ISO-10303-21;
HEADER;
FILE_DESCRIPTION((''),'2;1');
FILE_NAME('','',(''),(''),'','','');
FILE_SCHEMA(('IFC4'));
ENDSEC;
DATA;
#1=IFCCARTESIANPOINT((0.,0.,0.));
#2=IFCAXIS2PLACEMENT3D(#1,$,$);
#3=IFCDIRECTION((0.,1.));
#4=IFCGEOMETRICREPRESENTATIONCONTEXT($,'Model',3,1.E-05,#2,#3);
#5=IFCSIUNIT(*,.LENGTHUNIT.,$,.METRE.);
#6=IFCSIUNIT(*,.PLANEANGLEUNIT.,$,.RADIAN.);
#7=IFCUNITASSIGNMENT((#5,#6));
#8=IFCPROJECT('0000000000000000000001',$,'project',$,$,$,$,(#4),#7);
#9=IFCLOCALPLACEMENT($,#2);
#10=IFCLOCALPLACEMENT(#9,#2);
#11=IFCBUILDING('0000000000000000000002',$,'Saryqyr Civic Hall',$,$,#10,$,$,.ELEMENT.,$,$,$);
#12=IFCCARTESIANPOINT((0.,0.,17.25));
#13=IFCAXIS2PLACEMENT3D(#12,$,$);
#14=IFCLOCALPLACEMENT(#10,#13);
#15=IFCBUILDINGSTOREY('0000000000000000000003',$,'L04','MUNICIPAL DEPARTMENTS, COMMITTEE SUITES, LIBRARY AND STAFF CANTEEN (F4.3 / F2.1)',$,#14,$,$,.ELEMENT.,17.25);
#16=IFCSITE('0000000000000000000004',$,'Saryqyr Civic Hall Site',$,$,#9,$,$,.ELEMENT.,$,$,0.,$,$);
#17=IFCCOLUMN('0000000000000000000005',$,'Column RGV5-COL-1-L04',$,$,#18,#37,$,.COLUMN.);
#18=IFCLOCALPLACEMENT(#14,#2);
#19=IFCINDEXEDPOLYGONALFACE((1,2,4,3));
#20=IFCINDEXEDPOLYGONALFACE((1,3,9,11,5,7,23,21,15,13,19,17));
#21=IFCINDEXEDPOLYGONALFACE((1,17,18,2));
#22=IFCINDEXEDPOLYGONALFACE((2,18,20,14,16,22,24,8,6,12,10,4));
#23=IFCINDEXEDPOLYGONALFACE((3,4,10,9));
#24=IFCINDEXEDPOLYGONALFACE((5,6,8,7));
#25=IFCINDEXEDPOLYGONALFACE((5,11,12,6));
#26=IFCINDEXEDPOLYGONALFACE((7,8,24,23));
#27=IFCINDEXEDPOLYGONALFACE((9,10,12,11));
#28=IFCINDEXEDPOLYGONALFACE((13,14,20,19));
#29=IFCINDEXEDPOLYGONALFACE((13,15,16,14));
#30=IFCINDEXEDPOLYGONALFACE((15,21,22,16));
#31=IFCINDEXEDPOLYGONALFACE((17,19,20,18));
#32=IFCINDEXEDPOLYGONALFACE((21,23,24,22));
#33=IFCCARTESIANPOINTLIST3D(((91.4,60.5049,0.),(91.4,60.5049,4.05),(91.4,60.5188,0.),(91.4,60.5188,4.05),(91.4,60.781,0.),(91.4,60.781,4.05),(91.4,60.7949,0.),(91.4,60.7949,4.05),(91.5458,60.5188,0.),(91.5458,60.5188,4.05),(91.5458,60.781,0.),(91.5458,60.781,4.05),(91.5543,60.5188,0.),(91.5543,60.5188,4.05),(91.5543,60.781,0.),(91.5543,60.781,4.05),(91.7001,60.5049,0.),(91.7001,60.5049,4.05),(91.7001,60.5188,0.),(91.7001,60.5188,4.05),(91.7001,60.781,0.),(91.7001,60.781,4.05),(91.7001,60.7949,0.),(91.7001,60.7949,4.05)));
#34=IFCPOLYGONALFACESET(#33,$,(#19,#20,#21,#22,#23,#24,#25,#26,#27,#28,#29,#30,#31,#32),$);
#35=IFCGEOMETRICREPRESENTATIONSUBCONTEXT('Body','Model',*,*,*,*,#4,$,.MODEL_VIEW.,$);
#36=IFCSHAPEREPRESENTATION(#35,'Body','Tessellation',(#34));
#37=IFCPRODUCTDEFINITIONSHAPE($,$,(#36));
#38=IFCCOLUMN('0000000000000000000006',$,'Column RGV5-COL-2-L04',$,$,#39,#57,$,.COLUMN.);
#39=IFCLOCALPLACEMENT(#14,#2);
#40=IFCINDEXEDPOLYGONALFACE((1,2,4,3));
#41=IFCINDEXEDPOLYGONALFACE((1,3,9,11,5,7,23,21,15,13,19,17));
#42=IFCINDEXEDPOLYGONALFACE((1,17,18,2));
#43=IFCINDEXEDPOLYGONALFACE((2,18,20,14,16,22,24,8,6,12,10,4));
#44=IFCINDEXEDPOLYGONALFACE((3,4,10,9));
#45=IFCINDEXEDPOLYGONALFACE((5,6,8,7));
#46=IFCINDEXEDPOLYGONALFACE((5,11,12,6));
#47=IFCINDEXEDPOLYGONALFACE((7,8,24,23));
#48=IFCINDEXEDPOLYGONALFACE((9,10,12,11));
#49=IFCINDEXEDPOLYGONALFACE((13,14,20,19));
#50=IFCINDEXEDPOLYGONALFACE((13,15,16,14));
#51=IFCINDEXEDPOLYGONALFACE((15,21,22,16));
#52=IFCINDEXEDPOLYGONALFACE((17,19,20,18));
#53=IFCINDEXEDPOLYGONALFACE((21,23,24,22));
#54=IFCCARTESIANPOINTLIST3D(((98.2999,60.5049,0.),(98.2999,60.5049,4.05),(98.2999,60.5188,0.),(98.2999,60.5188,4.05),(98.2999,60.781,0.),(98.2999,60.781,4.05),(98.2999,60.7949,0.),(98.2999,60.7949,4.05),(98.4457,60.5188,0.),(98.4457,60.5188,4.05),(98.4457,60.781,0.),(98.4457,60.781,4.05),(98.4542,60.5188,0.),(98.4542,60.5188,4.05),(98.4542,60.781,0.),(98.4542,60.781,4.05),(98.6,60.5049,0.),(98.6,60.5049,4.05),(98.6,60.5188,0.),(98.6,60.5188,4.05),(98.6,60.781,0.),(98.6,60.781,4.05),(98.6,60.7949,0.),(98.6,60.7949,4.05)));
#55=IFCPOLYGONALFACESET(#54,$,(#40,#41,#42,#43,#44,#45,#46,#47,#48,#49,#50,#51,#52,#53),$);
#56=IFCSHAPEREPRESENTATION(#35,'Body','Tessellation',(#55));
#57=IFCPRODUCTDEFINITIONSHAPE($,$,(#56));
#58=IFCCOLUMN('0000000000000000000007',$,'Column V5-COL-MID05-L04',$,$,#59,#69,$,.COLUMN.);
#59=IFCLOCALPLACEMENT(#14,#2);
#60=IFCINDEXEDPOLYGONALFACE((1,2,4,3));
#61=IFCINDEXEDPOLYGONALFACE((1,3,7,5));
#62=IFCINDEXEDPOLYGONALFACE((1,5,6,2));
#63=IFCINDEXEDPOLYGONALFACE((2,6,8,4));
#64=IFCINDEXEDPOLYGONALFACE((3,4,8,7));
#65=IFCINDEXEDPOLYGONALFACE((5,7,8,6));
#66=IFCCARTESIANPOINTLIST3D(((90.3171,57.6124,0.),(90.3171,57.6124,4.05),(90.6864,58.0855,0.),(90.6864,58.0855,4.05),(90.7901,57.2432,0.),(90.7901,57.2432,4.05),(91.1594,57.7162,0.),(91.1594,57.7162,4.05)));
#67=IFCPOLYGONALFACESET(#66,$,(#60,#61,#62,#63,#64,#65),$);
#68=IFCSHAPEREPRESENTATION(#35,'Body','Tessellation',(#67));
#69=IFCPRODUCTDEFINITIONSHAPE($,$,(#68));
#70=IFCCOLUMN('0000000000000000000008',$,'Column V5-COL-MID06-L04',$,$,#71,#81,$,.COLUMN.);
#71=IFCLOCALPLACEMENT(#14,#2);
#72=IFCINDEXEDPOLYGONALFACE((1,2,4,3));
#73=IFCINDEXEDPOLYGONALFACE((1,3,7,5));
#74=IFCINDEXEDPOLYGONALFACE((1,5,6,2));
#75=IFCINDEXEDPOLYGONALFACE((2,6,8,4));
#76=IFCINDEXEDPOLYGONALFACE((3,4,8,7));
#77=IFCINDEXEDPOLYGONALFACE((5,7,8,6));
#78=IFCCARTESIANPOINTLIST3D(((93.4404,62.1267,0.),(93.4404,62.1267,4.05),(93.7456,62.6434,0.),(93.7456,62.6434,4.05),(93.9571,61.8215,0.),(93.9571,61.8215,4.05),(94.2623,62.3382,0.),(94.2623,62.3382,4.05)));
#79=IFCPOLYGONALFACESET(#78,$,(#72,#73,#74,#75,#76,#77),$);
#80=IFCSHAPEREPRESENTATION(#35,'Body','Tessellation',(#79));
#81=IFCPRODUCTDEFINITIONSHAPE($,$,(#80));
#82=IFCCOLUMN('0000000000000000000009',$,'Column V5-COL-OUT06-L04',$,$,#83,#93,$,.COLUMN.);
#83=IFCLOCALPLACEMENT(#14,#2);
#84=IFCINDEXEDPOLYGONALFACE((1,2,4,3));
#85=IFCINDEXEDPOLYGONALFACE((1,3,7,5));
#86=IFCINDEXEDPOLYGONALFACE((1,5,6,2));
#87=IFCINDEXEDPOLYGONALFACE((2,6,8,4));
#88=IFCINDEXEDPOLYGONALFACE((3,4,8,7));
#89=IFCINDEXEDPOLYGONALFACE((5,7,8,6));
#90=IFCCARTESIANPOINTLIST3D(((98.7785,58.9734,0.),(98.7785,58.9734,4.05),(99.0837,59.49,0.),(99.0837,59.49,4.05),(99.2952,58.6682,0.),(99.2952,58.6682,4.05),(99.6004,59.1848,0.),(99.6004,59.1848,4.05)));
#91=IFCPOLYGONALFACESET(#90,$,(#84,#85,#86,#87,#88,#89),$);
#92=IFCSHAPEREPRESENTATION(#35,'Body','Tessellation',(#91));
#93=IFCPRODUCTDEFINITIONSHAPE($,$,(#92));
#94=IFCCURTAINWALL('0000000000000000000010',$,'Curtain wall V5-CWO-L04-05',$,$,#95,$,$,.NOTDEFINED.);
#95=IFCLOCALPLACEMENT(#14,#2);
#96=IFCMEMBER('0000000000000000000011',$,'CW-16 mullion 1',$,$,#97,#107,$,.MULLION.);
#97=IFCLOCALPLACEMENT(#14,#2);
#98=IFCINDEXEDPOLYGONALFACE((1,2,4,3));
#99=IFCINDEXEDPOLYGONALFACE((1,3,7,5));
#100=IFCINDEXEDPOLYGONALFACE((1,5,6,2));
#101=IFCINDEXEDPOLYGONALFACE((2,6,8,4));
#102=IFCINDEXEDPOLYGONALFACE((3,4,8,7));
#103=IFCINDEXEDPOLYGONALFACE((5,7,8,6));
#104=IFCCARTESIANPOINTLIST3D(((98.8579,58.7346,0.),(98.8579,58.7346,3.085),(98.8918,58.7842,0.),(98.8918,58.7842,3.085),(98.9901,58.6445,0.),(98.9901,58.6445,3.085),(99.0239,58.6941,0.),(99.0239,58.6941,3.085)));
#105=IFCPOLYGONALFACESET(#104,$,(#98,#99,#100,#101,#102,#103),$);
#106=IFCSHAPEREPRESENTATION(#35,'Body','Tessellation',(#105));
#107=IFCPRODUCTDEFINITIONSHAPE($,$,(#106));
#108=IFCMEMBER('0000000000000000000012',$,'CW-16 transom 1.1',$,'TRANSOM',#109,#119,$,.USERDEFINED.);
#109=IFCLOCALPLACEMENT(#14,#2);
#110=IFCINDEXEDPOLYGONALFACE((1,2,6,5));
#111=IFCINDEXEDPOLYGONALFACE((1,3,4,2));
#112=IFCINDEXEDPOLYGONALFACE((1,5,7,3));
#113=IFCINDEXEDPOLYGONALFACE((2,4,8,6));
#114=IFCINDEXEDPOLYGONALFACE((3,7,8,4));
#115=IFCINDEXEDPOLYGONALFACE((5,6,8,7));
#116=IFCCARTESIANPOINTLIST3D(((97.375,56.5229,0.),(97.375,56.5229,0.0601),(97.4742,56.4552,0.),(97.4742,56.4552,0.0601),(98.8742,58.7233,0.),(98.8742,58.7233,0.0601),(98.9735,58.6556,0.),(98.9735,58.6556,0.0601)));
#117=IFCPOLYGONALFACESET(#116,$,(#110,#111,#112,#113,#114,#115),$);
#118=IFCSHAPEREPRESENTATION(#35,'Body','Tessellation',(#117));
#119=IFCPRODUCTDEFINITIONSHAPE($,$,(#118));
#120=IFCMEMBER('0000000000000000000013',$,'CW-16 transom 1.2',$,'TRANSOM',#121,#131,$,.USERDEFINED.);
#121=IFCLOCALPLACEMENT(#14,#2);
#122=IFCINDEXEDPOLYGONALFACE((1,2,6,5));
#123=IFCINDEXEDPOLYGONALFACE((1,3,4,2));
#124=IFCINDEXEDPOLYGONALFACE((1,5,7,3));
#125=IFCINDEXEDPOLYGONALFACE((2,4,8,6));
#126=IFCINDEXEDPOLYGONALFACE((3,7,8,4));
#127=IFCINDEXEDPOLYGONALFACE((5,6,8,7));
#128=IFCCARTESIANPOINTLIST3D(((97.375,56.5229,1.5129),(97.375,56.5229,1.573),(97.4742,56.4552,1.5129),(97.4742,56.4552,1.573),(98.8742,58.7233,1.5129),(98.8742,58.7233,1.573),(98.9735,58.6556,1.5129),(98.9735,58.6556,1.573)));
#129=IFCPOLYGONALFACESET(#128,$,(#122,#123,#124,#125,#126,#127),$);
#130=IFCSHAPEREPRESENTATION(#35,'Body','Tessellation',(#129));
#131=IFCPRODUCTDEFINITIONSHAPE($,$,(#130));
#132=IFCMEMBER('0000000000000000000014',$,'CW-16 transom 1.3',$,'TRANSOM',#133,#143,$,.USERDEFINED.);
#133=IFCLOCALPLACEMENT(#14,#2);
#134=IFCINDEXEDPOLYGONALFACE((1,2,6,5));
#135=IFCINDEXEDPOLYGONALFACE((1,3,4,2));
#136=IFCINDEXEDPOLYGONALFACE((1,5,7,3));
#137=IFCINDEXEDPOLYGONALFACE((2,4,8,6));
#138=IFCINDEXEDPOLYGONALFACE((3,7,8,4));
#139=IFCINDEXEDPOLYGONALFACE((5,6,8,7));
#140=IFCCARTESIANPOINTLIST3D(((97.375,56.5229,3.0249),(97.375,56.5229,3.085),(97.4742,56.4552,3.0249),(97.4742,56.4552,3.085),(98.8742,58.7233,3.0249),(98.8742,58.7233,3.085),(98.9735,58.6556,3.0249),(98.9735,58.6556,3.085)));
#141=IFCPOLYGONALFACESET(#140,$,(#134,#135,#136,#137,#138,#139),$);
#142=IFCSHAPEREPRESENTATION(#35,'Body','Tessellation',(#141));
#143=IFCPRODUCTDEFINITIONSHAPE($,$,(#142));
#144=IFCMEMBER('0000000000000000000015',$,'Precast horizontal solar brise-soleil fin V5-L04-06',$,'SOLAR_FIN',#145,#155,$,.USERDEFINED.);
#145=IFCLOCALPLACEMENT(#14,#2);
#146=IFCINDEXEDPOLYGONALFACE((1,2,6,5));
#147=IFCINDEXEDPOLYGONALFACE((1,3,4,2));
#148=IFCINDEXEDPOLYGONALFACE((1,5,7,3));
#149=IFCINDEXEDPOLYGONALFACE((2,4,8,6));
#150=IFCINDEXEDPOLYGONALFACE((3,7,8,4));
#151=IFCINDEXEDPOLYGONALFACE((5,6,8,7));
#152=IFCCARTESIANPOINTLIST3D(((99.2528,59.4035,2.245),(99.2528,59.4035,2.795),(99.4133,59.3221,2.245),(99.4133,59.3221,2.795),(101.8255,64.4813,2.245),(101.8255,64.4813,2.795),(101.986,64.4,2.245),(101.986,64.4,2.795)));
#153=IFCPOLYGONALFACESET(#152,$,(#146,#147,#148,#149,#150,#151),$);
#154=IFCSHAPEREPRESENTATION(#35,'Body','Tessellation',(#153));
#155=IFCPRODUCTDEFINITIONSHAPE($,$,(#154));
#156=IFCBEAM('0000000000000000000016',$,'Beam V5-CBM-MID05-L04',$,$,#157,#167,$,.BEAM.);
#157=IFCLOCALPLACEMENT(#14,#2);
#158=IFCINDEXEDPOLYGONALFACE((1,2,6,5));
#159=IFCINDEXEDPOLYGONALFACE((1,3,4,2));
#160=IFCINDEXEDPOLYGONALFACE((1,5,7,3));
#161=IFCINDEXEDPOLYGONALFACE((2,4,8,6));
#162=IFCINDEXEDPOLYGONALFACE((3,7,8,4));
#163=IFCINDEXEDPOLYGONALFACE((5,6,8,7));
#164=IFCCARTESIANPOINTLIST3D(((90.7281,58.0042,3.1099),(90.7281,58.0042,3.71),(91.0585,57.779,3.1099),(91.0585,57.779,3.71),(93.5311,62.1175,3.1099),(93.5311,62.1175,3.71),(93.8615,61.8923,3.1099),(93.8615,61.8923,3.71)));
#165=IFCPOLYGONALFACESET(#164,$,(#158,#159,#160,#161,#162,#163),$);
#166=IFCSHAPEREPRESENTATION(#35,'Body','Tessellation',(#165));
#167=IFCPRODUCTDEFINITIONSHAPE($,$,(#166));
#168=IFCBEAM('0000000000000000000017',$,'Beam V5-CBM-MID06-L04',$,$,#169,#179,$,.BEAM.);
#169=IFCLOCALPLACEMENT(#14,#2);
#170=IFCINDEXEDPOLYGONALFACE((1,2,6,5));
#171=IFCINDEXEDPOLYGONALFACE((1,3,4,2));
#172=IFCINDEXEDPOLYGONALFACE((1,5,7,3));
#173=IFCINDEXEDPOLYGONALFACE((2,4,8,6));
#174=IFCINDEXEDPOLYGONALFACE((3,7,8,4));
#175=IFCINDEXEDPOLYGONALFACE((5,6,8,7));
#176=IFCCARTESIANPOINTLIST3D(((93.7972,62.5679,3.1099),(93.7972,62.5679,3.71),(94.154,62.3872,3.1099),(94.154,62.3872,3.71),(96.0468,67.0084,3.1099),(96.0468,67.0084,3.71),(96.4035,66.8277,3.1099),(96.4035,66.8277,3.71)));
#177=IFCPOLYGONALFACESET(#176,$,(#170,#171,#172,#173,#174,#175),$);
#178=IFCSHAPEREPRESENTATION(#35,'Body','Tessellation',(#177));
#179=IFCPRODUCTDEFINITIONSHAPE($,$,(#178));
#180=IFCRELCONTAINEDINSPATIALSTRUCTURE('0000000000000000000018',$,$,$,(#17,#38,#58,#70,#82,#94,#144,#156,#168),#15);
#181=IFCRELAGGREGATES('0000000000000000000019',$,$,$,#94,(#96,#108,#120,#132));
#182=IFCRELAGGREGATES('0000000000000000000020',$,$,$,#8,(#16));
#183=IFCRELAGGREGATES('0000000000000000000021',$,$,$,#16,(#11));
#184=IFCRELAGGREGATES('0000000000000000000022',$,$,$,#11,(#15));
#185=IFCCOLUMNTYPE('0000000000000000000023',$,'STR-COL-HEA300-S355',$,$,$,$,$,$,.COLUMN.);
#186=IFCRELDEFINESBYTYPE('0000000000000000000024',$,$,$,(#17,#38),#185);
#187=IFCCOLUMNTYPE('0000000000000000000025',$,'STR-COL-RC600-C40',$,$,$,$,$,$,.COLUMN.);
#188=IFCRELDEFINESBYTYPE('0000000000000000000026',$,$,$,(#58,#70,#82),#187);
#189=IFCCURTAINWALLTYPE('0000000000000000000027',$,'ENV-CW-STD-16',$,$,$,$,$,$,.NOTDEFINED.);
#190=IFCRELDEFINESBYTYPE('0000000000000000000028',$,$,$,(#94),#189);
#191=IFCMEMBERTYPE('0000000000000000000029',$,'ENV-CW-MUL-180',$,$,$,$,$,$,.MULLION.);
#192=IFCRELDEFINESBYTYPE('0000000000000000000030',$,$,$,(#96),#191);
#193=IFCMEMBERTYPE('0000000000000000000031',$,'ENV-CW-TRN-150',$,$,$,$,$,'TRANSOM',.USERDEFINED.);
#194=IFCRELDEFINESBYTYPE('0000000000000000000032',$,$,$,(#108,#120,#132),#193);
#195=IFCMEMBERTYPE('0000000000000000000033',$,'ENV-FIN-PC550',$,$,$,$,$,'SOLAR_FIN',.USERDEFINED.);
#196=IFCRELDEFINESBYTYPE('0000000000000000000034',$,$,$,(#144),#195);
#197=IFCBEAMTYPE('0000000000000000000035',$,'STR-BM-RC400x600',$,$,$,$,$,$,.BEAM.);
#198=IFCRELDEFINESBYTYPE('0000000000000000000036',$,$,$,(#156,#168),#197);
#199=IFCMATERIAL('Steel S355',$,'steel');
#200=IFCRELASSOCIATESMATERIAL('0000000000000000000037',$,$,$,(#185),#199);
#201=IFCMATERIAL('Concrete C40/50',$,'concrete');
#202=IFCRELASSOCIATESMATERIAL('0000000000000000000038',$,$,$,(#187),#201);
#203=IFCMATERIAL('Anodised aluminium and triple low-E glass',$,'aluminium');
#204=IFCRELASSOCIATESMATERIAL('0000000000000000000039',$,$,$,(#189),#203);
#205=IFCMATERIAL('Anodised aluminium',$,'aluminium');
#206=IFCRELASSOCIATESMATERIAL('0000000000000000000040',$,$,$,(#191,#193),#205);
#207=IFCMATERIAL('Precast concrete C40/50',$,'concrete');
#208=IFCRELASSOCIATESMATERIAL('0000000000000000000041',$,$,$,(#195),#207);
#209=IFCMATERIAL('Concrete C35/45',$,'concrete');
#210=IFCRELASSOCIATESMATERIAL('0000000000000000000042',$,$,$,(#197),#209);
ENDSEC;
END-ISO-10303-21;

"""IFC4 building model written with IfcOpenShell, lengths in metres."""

from ifc_helpers import new_model, si_unit, direction, frame, origin, origin_2d, place, context, subcontext, project, spatial, rectangle, i_section, extrude, material, material_profile, profile_set, type_object, element, aggregate, save


model = new_model("IFC4")

# Units and contexts
model_context = context("Model", 3, precision=1e-05, world=origin(), true_north=direction((0.0, 1.0)))
body_context = subcontext(model_context, "Body", "Model", "MODEL_VIEW")
ifc_project = project(units=[si_unit("LENGTHUNIT", "METRE"), si_unit("PLANEANGLEUNIT", "RADIAN")], contexts=[model_context])

# Site, building, storey
site_placement = place(None, origin())
site = spatial("IfcSite", under=ifc_project, at=site_placement, Name="Saryqyr Civic Hall Site", CompositionType="ELEMENT", RefElevation=0.0)
building_placement = place(site_placement, origin())
building = spatial("IfcBuilding", under=site, at=building_placement, Name="Saryqyr Civic Hall", CompositionType="ELEMENT")
storey_placement = place(building_placement, frame((0.0, 0.0, 17.25)))
storey = spatial("IfcBuildingStorey", under=building, at=storey_placement, Name="L04", Description="MUNICIPAL DEPARTMENTS, COMMITTEE SUITES, LIBRARY AND STAFF CANTEEN (F4.3 / F2.1)", CompositionType="ELEMENT", Elevation=17.25)

# Columns
ifc_material_1 = material(Name="Steel S355", Category="steel")
ifc_material_profile_1 = material_profile(ifc_material_1, i_section(OverallWidth=0.3, OverallDepth=0.29, WebThickness=0.0085, FlangeThickness=0.0139, at=origin_2d()), Name="HEA 300")
ifc_profile_set_1 = profile_set([ifc_material_profile_1], Name="Steel S355")
column_type_1 = type_object("IfcColumnType", Name="STR-COL-HEA300-S355", PredefinedType="COLUMN", material=ifc_profile_set_1)
for number, where, z_axis, x_axis, name in (
    (1, (91.55, 60.6499, 0.0), (0.0, 0.0, 1.0), (1.0, 0.0, 0.0), "Column RGV5-COL-1-L04"),
    (2, (98.45, 60.6499, 0.0), (0.0, 0.0, 1.0), (1.0, 0.0, 0.0), "Column RGV5-COL-2-L04"),
):
    element("IfcColumn", number, at=place(storey_placement, frame(where, z_axis=z_axis, x_axis=x_axis)), inside=storey, type_object=column_type_1, Name=name, PredefinedType="COLUMN", context=body_context, shape_type="SweptSolid", body=[
        extrude(i_section(OverallWidth=0.3, OverallDepth=0.29, WebThickness=0.0085, FlangeThickness=0.0139, at=origin_2d()), origin(), (0.0, 0.0, 1.0), 4.05),
    ])
ifc_material_2 = material(Name="Concrete C40/50", Category="concrete")
ifc_material_profile_2 = material_profile(ifc_material_2, rectangle(XDim=0.6001, YDim=0.6001, at=origin_2d()), Name="RC 600x600")
ifc_profile_set_2 = profile_set([ifc_material_profile_2], Name="Concrete C40/50")
column_type_2 = type_object("IfcColumnType", Name="STR-COL-RC600-C40", PredefinedType="COLUMN", material=ifc_profile_set_2)
for number, where, z_axis, x_axis, name in (
    (3, (90.7383, 57.6643, 0.0), (0.0, 0.0, 1.0), (0.788226, -0.615386, 0.0), "Column V5-COL-MID05-L04"),
    (4, (93.8513, 62.2324, 0.0), (0.0, 0.0, 1.0), (0.861008, -0.508591, 0.0), "Column V5-COL-MID06-L04"),
    (5, (99.1895, 59.0791, 0.0), (0.0, 0.0, 1.0), (0.861008, -0.508591, 0.0), "Column V5-COL-OUT06-L04"),
):
    element("IfcColumn", number, at=place(storey_placement, frame(where, z_axis=z_axis, x_axis=x_axis)), inside=storey, type_object=column_type_2, Name=name, PredefinedType="COLUMN", context=body_context, shape_type="SweptSolid", body=[
        extrude(rectangle(XDim=0.6001, YDim=0.6001, at=origin_2d()), origin(), (0.0, 0.0, 1.0), 4.05),
    ])

# Curtain wall, members
ifc_material_3 = material(Name="Anodised aluminium and triple low-E glass", Category="aluminium")
curtain_wall_type = type_object("IfcCurtainWallType", Name="ENV-CW-STD-16", PredefinedType="NOTDEFINED", material=ifc_material_3)
curtain_wall_placement = place(storey_placement, origin())
curtain_wall = element("IfcCurtainWall", 6, at=curtain_wall_placement, inside=storey, type_object=curtain_wall_type, Name="Curtain wall V5-CWO-L04-05", PredefinedType="NOTDEFINED")
ifc_material_4 = material(Name="Anodised aluminium", Category="aluminium")
ifc_material_profile_3 = material_profile(ifc_material_4, rectangle(XDim=0.0601, YDim=0.1599, at=origin_2d()), Name="ALU MULLION 60x160")
ifc_profile_set_3 = profile_set([ifc_material_profile_3], Name="Anodised aluminium")
member_type_1 = type_object("IfcMemberType", Name="ENV-CW-MUL-180", PredefinedType="MULLION", material=ifc_profile_set_3)
member_1_placement = place(storey_placement, frame((98.9409, 58.7144, 0.0), z_axis=(0.0, 0.0, 1.0), x_axis=(-0.563118, -0.826377, 0.0)))
member_1 = element("IfcMember", 7, at=member_1_placement, type_object=member_type_1, Name="CW-16 mullion 1", PredefinedType="MULLION", context=body_context, shape_type="SweptSolid", body=[
    extrude(rectangle(XDim=0.0601, YDim=0.1599, at=origin_2d()), origin(), (0.0, 0.0, 1.0), 3.085),
])
ifc_material_profile_4 = material_profile(ifc_material_4, rectangle(XDim=0.1201, YDim=0.0601, at=origin_2d()), Name="ALU TRANSOM 120x60")
ifc_profile_set_4 = profile_set([ifc_material_profile_4], Name="Anodised aluminium")
member_type_2 = type_object("IfcMemberType", Name="ENV-CW-TRN-150", ElementType="TRANSOM", PredefinedType="USERDEFINED", material=ifc_profile_set_4)
member_2_placement = place(storey_placement, frame((98.9238, 58.6895, 0.03), z_axis=(-0.563072, -0.826408, 0.0), x_axis=(0.826408, -0.563072, 0.0)))
member_2 = element("IfcMember", 8, at=member_2_placement, type_object=member_type_2, Name="CW-16 transom 1.1", ObjectType="TRANSOM", PredefinedType="USERDEFINED", context=body_context, shape_type="SweptSolid", body=[
    extrude(rectangle(XDim=0.1201, YDim=0.0601, at=origin_2d()), origin(), (0.0, 0.0, 1.0), 2.6626),
])
member_3_placement = place(storey_placement, frame((98.9238, 58.6895, 1.543), z_axis=(-0.563072, -0.826408, 0.0), x_axis=(0.826408, -0.563072, 0.0)))
member_3 = element("IfcMember", 9, at=member_3_placement, type_object=member_type_2, Name="CW-16 transom 1.2", ObjectType="TRANSOM", PredefinedType="USERDEFINED", context=body_context, shape_type="SweptSolid", body=[
    extrude(rectangle(XDim=0.1201, YDim=0.0601, at=origin_2d()), origin(), (0.0, 0.0, 1.0), 2.6626),
])
member_4_placement = place(storey_placement, frame((98.9238, 58.6895, 3.0549), z_axis=(-0.563072, -0.826408, 0.0), x_axis=(0.826408, -0.563072, 0.0)))
member_4 = element("IfcMember", 10, at=member_4_placement, type_object=member_type_2, Name="CW-16 transom 1.3", ObjectType="TRANSOM", PredefinedType="USERDEFINED", context=body_context, shape_type="SweptSolid", body=[
    extrude(rectangle(XDim=0.1201, YDim=0.0601, at=origin_2d()), origin(), (0.0, 0.0, 1.0), 2.6626),
])

# Member
ifc_material_5 = material(Name="Precast concrete C40/50", Category="concrete")
ifc_material_profile_5 = material_profile(ifc_material_5, rectangle(XDim=0.1799, YDim=0.55, at=origin_2d()), Name="PC FIN 180x550")
ifc_profile_set_5 = profile_set([ifc_material_profile_5], Name="Precast concrete C40/50")
member_type_3 = type_object("IfcMemberType", Name="ENV-FIN-PC550", ElementType="SOLAR_FIN", PredefinedType="USERDEFINED", material=ifc_profile_set_5)
member_5_placement = place(storey_placement, frame((99.333, 59.3628, 2.52), z_axis=(0.451959, 0.892039, 0.0), x_axis=(-0.892039, 0.451959, 0.0)))
element("IfcMember", 11, at=member_5_placement, inside=storey, type_object=member_type_3, Name="Precast horizontal solar brise-soleil fin V5-L04-06", ObjectType="SOLAR_FIN", PredefinedType="USERDEFINED", context=body_context, shape_type="SweptSolid", body=[
    extrude(rectangle(XDim=0.1799, YDim=0.55, at=origin_2d()), origin(), (0.0, 0.0, 1.0), 5.6924),
])

# Beams
ifc_material_6 = material(Name="Concrete C35/45", Category="concrete")
ifc_material_profile_6 = material_profile(ifc_material_6, rectangle(XDim=0.3999, YDim=0.6001, at=origin_2d()), Name="RC 400x600")
ifc_profile_set_6 = profile_set([ifc_material_profile_6], Name="Concrete C35/45")
beam_type_1 = type_object("IfcBeamType", Name="STR-BM-RC400x600", PredefinedType="BEAM", material=ifc_profile_set_6)
beam_1_placement = place(storey_placement, frame((90.8933, 57.8916, 3.4099), z_axis=(0.563127, 0.826371, 0.0), x_axis=(-0.826371, 0.563127, 0.0)))
element("IfcBeam", 12, at=beam_1_placement, inside=storey, type_object=beam_type_1, Name="Beam V5-CBM-MID05-L04", PredefinedType="BEAM", context=body_context, shape_type="SweptSolid", body=[
    extrude(rectangle(XDim=0.3999, YDim=0.6001, at=origin_2d()), origin(), (0.0, 0.0, 1.0), 4.9775),
])
beam_2_placement = place(storey_placement, frame((93.9756, 62.4775, 3.4099), z_axis=(0.451916, 0.892061, 0.0), x_axis=(-0.892061, 0.451916, 0.0)))
element("IfcBeam", 13, at=beam_2_placement, inside=storey, type_object=beam_type_1, Name="Beam V5-CBM-MID06-L04", PredefinedType="BEAM", context=body_context, shape_type="SweptSolid", body=[
    extrude(rectangle(XDim=0.3999, YDim=0.6001, at=origin_2d()), origin(), (0.0, 0.0, 1.0), 4.9778),
])

aggregate(curtain_wall, [member_1, member_2, member_3, member_4])

save(model, "model.ifc")
